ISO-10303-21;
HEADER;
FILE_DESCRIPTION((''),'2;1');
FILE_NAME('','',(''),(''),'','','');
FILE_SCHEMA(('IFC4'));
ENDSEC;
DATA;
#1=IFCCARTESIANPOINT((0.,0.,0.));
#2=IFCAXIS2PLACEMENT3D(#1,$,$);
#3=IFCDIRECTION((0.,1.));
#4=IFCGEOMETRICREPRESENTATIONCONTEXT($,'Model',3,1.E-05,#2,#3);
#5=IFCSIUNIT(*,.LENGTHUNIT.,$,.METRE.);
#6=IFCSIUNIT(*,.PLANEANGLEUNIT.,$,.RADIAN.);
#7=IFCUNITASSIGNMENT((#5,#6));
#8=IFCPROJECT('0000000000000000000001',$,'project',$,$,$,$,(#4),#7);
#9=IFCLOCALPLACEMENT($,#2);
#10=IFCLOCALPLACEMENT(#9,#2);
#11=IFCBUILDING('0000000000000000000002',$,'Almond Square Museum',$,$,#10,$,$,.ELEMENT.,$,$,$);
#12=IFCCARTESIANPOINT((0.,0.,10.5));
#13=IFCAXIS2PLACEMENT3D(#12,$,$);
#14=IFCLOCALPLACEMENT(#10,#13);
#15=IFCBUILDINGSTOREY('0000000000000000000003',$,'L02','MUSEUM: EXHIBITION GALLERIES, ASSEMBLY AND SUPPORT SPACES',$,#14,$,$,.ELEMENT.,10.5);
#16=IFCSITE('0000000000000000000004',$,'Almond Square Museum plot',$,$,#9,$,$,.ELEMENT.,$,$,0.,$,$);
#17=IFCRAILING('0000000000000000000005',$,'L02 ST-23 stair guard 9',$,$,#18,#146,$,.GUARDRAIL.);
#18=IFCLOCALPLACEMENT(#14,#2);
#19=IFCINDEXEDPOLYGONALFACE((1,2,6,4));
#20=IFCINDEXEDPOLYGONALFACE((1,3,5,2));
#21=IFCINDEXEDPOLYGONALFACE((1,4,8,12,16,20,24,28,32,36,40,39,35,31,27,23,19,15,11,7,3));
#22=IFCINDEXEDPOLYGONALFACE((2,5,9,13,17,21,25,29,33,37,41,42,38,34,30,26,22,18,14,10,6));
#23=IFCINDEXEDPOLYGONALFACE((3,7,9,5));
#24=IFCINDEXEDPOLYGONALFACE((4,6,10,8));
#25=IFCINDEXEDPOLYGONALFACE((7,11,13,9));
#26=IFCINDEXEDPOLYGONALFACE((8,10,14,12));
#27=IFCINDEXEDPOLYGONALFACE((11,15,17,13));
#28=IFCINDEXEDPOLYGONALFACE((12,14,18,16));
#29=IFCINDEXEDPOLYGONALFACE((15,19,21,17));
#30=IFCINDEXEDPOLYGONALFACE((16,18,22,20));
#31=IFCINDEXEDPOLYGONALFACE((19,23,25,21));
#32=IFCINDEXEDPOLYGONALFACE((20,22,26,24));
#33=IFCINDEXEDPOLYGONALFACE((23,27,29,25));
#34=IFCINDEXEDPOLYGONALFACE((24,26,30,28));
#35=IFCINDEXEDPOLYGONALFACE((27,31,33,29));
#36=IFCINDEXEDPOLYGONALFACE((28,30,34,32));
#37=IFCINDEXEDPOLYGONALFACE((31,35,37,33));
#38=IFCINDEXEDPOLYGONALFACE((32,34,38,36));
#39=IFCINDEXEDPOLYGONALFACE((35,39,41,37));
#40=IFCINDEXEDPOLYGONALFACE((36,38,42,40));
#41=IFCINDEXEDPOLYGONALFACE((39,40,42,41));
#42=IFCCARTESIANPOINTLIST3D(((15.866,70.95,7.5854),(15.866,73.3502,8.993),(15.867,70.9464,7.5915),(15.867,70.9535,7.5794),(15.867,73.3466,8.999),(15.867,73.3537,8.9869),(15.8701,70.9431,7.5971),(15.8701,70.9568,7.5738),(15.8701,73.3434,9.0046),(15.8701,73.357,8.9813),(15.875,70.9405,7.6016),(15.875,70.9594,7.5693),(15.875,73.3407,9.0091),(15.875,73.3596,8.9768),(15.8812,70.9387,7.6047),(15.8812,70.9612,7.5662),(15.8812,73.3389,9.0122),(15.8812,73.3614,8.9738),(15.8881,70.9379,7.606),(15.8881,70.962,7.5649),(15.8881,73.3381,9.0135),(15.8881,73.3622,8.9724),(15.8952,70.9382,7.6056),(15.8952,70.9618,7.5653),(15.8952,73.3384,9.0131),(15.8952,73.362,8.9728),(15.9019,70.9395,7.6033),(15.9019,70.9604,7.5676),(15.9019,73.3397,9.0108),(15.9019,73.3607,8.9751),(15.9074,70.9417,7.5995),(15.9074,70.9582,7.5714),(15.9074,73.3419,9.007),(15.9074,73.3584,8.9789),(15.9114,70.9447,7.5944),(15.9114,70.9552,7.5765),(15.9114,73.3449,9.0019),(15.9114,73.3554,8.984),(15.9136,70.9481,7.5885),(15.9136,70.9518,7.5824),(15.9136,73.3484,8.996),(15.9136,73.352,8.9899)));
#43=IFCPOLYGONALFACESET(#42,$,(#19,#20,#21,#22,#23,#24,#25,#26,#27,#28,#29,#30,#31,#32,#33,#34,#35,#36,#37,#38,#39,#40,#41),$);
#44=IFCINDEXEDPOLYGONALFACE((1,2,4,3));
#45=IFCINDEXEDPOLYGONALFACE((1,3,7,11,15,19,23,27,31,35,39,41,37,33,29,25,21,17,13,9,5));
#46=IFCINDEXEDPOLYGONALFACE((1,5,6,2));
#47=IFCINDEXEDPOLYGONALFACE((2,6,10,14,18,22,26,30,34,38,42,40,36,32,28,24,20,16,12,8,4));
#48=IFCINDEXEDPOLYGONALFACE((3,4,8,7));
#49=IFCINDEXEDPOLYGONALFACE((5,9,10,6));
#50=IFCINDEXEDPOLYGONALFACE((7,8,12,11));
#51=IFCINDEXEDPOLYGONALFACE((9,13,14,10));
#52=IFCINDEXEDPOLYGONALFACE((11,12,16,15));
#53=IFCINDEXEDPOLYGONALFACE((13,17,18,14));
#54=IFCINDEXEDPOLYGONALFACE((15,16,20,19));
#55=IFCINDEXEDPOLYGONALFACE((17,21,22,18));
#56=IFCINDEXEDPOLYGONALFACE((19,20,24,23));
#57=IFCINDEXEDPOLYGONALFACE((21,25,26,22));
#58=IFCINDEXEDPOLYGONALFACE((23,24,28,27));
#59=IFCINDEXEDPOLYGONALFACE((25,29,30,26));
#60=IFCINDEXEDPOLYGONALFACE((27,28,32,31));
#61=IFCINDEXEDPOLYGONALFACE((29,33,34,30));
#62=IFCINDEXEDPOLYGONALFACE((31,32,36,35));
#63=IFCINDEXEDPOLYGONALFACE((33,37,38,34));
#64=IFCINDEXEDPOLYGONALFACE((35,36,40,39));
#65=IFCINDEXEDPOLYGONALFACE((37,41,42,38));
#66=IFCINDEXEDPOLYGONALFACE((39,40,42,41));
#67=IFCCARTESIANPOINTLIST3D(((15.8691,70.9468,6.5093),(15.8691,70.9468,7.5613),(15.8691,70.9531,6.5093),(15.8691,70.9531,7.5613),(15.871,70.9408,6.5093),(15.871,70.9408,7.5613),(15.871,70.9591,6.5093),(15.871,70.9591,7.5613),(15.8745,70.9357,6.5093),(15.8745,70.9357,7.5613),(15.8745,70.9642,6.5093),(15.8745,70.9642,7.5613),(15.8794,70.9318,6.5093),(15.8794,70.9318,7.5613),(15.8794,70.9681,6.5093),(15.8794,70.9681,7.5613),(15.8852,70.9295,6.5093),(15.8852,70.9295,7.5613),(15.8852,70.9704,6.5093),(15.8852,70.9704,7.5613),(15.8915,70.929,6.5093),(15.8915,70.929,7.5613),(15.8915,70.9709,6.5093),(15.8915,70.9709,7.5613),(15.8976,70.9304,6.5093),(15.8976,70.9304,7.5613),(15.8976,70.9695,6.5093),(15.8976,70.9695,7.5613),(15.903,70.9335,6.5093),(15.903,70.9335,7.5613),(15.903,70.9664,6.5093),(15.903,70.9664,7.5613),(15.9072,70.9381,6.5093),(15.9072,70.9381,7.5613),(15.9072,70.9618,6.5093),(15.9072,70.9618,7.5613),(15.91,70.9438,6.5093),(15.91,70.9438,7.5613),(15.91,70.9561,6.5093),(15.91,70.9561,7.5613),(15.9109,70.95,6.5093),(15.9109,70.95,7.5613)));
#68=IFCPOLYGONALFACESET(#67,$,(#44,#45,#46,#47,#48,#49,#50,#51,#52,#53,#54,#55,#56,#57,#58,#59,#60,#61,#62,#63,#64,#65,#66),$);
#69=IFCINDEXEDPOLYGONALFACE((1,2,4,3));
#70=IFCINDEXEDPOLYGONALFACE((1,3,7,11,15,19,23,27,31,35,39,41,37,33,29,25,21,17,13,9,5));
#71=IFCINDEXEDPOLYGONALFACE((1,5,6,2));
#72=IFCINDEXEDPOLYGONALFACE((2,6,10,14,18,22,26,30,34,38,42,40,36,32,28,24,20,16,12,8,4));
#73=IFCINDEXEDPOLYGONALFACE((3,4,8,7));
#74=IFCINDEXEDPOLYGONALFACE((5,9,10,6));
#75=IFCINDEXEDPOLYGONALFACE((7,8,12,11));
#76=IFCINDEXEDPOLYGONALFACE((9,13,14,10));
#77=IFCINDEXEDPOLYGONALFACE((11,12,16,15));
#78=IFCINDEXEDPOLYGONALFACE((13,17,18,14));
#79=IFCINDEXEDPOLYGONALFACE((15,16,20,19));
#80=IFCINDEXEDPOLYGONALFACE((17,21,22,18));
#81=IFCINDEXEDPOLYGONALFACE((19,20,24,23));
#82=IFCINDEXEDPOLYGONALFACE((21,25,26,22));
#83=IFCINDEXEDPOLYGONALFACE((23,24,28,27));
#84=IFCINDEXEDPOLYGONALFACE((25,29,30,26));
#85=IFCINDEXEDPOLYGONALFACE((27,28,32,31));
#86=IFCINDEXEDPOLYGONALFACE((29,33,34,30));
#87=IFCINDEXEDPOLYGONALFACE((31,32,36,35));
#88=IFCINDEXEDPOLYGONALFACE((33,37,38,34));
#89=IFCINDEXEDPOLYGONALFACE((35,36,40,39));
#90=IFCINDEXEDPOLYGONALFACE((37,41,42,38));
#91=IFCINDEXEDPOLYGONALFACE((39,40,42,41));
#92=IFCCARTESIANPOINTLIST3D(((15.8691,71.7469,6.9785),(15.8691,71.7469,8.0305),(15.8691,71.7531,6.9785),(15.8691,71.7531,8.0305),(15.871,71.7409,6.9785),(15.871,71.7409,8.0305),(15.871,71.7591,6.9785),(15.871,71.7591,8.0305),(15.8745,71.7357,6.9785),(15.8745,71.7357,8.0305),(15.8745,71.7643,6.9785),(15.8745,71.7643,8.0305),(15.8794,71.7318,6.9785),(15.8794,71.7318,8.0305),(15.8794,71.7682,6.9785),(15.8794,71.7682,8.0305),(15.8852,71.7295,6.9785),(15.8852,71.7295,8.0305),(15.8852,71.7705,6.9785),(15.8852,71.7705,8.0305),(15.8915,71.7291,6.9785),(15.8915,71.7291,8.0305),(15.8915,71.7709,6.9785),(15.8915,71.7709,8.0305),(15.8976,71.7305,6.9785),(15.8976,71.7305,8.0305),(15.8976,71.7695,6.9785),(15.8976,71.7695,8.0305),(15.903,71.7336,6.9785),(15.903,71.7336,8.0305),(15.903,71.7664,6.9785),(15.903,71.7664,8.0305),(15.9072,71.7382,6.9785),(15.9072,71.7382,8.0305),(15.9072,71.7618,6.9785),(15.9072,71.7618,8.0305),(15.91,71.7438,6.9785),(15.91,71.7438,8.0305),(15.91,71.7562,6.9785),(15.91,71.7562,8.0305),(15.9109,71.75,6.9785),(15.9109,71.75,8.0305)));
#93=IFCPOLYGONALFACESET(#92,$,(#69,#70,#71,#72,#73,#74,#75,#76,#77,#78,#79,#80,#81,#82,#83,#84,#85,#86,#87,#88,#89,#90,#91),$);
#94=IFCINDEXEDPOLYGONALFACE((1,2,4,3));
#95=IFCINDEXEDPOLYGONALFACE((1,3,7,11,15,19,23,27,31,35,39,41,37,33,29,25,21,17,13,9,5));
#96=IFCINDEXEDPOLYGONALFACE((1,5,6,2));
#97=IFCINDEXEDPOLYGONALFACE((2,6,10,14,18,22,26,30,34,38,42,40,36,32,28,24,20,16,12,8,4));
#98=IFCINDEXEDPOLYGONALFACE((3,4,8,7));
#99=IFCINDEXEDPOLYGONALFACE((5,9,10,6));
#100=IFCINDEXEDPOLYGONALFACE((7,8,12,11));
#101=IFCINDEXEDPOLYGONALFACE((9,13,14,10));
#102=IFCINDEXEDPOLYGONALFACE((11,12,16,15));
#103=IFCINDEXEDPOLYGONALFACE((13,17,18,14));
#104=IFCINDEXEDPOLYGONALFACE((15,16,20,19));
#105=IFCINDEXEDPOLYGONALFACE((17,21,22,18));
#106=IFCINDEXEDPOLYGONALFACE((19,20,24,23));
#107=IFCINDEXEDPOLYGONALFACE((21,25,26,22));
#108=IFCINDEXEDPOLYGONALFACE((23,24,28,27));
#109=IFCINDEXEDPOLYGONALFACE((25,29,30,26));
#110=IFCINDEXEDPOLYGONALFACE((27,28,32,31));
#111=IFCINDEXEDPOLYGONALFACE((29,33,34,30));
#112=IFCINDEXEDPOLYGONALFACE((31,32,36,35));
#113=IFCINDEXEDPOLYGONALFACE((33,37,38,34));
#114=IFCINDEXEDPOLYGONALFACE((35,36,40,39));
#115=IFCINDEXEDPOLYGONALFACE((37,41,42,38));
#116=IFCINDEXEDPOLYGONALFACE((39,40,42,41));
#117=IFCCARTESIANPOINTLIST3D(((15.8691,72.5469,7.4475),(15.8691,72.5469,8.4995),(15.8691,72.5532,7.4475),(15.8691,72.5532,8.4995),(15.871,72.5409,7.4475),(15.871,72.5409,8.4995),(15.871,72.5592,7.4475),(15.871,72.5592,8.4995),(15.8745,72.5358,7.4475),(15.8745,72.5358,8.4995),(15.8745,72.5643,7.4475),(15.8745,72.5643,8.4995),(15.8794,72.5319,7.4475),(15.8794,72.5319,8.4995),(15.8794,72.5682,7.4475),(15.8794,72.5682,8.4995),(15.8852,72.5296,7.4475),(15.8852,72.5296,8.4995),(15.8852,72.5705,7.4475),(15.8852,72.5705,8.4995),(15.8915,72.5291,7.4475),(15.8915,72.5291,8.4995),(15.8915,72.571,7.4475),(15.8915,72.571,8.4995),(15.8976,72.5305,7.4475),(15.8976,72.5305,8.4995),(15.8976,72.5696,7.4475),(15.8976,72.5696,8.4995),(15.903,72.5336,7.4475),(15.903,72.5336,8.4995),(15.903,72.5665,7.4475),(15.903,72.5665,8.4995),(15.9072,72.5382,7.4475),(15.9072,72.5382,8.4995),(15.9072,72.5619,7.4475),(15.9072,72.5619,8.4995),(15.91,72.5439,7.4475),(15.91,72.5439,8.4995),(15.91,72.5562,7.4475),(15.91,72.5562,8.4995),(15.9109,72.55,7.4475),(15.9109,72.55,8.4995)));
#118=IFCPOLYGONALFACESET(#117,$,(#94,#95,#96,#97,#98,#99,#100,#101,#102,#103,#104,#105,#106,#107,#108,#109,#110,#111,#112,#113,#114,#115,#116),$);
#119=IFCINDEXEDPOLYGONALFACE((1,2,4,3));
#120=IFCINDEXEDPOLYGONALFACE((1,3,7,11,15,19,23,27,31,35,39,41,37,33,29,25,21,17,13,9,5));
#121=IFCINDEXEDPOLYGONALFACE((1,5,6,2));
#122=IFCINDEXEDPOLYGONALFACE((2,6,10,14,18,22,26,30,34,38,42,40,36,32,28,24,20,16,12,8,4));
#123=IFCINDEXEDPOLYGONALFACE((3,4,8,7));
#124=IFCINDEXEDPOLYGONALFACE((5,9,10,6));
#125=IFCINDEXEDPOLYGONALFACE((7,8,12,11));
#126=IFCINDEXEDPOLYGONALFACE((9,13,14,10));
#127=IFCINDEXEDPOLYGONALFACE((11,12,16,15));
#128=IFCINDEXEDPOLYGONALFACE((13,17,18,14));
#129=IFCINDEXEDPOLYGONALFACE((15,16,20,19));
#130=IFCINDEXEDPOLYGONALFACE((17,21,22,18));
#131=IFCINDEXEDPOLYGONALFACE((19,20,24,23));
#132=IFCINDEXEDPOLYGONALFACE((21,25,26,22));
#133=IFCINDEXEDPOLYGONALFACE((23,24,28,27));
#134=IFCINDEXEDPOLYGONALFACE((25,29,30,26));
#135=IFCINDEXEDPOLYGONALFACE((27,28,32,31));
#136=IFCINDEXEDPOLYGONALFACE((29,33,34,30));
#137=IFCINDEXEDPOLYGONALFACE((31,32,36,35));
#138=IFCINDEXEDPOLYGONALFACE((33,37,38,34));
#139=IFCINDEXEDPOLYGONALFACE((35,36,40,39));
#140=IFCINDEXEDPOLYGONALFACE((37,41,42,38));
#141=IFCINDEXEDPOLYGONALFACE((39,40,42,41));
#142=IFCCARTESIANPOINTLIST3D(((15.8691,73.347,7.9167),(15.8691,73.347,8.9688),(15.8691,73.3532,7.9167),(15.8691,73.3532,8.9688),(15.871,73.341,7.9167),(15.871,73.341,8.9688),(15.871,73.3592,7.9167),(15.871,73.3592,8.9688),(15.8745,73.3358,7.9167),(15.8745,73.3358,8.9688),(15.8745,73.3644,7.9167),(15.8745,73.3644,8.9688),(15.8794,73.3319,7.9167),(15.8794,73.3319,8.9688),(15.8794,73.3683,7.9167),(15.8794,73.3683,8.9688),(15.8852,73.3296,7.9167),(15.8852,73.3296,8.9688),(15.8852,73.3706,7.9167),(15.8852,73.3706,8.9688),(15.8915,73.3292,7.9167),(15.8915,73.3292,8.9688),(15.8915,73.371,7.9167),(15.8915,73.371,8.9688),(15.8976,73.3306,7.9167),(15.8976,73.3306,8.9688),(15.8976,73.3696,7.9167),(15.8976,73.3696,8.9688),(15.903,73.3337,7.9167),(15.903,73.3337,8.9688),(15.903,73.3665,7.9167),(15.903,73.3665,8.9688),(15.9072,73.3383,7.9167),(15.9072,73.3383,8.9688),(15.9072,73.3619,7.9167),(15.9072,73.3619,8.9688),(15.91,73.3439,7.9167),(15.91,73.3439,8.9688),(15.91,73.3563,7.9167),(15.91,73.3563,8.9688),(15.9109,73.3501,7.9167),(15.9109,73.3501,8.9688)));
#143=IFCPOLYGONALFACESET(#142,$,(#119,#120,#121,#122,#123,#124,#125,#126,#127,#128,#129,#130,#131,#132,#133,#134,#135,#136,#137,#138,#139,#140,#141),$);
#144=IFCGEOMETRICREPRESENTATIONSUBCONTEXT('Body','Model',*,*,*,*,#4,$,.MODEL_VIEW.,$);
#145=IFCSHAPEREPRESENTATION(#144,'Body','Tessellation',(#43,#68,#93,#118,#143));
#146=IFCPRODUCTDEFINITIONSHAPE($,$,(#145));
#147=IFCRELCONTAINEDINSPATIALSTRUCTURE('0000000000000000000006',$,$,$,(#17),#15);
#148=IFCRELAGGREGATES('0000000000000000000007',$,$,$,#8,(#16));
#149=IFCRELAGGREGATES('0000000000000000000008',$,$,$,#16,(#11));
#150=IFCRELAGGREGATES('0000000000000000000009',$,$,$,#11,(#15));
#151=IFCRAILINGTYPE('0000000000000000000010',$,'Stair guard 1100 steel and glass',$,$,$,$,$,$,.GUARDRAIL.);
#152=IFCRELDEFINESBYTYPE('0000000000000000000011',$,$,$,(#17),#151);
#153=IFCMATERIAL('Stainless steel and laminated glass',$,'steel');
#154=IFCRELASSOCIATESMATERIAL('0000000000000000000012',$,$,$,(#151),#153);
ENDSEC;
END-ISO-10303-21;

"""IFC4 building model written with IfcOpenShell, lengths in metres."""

from ifc_helpers import new_model, si_unit, direction, frame, origin, origin_2d, place, context, subcontext, project, spatial, circle, extrude, material, type_object, element, save


model = new_model("IFC4")

# Units and contexts
model_context = context("Model", 3, precision=1e-05, world=origin(), true_north=direction((0.0, 1.0)))
body_context = subcontext(model_context, "Body", "Model", "MODEL_VIEW")
ifc_project = project(units=[si_unit("LENGTHUNIT", "METRE"), si_unit("PLANEANGLEUNIT", "RADIAN")], contexts=[model_context])

# Site, building, storey
site_placement = place(None, origin())
site = spatial("IfcSite", under=ifc_project, at=site_placement, Name="Almond Square Museum plot", CompositionType="ELEMENT", RefElevation=0.0)
building_placement = place(site_placement, origin())
building = spatial("IfcBuilding", under=site, at=building_placement, Name="Almond Square Museum", CompositionType="ELEMENT")
storey_placement = place(building_placement, frame((0.0, 0.0, 10.5)))
storey = spatial("IfcBuildingStorey", under=building, at=storey_placement, Name="L02", Description="MUSEUM: EXHIBITION GALLERIES, ASSEMBLY AND SUPPORT SPACES", CompositionType="ELEMENT", Elevation=10.5)

# Railing
ifc_material_1 = material(Name="Stainless steel and laminated glass", Category="steel")
railing_type_1 = type_object("IfcRailingType", Name="Stair guard 1100 steel and glass", PredefinedType="GUARDRAIL", material=ifc_material_1)
railing_1_placement = place(storey_placement, frame((15.8899, 70.95, 6.5093)))
element("IfcRailing", 1, at=railing_1_placement, inside=storey, type_object=railing_type_1, Name="L02 ST-23 stair guard 9", PredefinedType="GUARDRAIL", context=body_context, shape_type="SweptSolid", body=[
    extrude(circle(Radius=0.0239, at=origin_2d()), frame((0.0, 0.0, 1.0762), z_axis=(0.0, 0.862621, 0.50585), x_axis=(-1.0, 0.0, 0.0)), (0.0, 0.0, 1.0), 2.7825),
    extrude(circle(Radius=0.021, at=origin_2d()), origin(), (0.0, 0.0, 1.0), 1.052),
    extrude(circle(Radius=0.021, at=origin_2d()), frame((0.0, 0.8, 0.4692)), (0.0, 0.0, 1.0), 1.052),
    extrude(circle(Radius=0.021, at=origin_2d()), frame((0.0, 1.6001, 0.9382)), (0.0, 0.0, 1.0), 1.052),
    extrude(circle(Radius=0.021, at=origin_2d()), frame((0.0, 2.4001, 1.4075)), (0.0, 0.0, 1.0), 1.052),
])

save(model, "model.ifc")
